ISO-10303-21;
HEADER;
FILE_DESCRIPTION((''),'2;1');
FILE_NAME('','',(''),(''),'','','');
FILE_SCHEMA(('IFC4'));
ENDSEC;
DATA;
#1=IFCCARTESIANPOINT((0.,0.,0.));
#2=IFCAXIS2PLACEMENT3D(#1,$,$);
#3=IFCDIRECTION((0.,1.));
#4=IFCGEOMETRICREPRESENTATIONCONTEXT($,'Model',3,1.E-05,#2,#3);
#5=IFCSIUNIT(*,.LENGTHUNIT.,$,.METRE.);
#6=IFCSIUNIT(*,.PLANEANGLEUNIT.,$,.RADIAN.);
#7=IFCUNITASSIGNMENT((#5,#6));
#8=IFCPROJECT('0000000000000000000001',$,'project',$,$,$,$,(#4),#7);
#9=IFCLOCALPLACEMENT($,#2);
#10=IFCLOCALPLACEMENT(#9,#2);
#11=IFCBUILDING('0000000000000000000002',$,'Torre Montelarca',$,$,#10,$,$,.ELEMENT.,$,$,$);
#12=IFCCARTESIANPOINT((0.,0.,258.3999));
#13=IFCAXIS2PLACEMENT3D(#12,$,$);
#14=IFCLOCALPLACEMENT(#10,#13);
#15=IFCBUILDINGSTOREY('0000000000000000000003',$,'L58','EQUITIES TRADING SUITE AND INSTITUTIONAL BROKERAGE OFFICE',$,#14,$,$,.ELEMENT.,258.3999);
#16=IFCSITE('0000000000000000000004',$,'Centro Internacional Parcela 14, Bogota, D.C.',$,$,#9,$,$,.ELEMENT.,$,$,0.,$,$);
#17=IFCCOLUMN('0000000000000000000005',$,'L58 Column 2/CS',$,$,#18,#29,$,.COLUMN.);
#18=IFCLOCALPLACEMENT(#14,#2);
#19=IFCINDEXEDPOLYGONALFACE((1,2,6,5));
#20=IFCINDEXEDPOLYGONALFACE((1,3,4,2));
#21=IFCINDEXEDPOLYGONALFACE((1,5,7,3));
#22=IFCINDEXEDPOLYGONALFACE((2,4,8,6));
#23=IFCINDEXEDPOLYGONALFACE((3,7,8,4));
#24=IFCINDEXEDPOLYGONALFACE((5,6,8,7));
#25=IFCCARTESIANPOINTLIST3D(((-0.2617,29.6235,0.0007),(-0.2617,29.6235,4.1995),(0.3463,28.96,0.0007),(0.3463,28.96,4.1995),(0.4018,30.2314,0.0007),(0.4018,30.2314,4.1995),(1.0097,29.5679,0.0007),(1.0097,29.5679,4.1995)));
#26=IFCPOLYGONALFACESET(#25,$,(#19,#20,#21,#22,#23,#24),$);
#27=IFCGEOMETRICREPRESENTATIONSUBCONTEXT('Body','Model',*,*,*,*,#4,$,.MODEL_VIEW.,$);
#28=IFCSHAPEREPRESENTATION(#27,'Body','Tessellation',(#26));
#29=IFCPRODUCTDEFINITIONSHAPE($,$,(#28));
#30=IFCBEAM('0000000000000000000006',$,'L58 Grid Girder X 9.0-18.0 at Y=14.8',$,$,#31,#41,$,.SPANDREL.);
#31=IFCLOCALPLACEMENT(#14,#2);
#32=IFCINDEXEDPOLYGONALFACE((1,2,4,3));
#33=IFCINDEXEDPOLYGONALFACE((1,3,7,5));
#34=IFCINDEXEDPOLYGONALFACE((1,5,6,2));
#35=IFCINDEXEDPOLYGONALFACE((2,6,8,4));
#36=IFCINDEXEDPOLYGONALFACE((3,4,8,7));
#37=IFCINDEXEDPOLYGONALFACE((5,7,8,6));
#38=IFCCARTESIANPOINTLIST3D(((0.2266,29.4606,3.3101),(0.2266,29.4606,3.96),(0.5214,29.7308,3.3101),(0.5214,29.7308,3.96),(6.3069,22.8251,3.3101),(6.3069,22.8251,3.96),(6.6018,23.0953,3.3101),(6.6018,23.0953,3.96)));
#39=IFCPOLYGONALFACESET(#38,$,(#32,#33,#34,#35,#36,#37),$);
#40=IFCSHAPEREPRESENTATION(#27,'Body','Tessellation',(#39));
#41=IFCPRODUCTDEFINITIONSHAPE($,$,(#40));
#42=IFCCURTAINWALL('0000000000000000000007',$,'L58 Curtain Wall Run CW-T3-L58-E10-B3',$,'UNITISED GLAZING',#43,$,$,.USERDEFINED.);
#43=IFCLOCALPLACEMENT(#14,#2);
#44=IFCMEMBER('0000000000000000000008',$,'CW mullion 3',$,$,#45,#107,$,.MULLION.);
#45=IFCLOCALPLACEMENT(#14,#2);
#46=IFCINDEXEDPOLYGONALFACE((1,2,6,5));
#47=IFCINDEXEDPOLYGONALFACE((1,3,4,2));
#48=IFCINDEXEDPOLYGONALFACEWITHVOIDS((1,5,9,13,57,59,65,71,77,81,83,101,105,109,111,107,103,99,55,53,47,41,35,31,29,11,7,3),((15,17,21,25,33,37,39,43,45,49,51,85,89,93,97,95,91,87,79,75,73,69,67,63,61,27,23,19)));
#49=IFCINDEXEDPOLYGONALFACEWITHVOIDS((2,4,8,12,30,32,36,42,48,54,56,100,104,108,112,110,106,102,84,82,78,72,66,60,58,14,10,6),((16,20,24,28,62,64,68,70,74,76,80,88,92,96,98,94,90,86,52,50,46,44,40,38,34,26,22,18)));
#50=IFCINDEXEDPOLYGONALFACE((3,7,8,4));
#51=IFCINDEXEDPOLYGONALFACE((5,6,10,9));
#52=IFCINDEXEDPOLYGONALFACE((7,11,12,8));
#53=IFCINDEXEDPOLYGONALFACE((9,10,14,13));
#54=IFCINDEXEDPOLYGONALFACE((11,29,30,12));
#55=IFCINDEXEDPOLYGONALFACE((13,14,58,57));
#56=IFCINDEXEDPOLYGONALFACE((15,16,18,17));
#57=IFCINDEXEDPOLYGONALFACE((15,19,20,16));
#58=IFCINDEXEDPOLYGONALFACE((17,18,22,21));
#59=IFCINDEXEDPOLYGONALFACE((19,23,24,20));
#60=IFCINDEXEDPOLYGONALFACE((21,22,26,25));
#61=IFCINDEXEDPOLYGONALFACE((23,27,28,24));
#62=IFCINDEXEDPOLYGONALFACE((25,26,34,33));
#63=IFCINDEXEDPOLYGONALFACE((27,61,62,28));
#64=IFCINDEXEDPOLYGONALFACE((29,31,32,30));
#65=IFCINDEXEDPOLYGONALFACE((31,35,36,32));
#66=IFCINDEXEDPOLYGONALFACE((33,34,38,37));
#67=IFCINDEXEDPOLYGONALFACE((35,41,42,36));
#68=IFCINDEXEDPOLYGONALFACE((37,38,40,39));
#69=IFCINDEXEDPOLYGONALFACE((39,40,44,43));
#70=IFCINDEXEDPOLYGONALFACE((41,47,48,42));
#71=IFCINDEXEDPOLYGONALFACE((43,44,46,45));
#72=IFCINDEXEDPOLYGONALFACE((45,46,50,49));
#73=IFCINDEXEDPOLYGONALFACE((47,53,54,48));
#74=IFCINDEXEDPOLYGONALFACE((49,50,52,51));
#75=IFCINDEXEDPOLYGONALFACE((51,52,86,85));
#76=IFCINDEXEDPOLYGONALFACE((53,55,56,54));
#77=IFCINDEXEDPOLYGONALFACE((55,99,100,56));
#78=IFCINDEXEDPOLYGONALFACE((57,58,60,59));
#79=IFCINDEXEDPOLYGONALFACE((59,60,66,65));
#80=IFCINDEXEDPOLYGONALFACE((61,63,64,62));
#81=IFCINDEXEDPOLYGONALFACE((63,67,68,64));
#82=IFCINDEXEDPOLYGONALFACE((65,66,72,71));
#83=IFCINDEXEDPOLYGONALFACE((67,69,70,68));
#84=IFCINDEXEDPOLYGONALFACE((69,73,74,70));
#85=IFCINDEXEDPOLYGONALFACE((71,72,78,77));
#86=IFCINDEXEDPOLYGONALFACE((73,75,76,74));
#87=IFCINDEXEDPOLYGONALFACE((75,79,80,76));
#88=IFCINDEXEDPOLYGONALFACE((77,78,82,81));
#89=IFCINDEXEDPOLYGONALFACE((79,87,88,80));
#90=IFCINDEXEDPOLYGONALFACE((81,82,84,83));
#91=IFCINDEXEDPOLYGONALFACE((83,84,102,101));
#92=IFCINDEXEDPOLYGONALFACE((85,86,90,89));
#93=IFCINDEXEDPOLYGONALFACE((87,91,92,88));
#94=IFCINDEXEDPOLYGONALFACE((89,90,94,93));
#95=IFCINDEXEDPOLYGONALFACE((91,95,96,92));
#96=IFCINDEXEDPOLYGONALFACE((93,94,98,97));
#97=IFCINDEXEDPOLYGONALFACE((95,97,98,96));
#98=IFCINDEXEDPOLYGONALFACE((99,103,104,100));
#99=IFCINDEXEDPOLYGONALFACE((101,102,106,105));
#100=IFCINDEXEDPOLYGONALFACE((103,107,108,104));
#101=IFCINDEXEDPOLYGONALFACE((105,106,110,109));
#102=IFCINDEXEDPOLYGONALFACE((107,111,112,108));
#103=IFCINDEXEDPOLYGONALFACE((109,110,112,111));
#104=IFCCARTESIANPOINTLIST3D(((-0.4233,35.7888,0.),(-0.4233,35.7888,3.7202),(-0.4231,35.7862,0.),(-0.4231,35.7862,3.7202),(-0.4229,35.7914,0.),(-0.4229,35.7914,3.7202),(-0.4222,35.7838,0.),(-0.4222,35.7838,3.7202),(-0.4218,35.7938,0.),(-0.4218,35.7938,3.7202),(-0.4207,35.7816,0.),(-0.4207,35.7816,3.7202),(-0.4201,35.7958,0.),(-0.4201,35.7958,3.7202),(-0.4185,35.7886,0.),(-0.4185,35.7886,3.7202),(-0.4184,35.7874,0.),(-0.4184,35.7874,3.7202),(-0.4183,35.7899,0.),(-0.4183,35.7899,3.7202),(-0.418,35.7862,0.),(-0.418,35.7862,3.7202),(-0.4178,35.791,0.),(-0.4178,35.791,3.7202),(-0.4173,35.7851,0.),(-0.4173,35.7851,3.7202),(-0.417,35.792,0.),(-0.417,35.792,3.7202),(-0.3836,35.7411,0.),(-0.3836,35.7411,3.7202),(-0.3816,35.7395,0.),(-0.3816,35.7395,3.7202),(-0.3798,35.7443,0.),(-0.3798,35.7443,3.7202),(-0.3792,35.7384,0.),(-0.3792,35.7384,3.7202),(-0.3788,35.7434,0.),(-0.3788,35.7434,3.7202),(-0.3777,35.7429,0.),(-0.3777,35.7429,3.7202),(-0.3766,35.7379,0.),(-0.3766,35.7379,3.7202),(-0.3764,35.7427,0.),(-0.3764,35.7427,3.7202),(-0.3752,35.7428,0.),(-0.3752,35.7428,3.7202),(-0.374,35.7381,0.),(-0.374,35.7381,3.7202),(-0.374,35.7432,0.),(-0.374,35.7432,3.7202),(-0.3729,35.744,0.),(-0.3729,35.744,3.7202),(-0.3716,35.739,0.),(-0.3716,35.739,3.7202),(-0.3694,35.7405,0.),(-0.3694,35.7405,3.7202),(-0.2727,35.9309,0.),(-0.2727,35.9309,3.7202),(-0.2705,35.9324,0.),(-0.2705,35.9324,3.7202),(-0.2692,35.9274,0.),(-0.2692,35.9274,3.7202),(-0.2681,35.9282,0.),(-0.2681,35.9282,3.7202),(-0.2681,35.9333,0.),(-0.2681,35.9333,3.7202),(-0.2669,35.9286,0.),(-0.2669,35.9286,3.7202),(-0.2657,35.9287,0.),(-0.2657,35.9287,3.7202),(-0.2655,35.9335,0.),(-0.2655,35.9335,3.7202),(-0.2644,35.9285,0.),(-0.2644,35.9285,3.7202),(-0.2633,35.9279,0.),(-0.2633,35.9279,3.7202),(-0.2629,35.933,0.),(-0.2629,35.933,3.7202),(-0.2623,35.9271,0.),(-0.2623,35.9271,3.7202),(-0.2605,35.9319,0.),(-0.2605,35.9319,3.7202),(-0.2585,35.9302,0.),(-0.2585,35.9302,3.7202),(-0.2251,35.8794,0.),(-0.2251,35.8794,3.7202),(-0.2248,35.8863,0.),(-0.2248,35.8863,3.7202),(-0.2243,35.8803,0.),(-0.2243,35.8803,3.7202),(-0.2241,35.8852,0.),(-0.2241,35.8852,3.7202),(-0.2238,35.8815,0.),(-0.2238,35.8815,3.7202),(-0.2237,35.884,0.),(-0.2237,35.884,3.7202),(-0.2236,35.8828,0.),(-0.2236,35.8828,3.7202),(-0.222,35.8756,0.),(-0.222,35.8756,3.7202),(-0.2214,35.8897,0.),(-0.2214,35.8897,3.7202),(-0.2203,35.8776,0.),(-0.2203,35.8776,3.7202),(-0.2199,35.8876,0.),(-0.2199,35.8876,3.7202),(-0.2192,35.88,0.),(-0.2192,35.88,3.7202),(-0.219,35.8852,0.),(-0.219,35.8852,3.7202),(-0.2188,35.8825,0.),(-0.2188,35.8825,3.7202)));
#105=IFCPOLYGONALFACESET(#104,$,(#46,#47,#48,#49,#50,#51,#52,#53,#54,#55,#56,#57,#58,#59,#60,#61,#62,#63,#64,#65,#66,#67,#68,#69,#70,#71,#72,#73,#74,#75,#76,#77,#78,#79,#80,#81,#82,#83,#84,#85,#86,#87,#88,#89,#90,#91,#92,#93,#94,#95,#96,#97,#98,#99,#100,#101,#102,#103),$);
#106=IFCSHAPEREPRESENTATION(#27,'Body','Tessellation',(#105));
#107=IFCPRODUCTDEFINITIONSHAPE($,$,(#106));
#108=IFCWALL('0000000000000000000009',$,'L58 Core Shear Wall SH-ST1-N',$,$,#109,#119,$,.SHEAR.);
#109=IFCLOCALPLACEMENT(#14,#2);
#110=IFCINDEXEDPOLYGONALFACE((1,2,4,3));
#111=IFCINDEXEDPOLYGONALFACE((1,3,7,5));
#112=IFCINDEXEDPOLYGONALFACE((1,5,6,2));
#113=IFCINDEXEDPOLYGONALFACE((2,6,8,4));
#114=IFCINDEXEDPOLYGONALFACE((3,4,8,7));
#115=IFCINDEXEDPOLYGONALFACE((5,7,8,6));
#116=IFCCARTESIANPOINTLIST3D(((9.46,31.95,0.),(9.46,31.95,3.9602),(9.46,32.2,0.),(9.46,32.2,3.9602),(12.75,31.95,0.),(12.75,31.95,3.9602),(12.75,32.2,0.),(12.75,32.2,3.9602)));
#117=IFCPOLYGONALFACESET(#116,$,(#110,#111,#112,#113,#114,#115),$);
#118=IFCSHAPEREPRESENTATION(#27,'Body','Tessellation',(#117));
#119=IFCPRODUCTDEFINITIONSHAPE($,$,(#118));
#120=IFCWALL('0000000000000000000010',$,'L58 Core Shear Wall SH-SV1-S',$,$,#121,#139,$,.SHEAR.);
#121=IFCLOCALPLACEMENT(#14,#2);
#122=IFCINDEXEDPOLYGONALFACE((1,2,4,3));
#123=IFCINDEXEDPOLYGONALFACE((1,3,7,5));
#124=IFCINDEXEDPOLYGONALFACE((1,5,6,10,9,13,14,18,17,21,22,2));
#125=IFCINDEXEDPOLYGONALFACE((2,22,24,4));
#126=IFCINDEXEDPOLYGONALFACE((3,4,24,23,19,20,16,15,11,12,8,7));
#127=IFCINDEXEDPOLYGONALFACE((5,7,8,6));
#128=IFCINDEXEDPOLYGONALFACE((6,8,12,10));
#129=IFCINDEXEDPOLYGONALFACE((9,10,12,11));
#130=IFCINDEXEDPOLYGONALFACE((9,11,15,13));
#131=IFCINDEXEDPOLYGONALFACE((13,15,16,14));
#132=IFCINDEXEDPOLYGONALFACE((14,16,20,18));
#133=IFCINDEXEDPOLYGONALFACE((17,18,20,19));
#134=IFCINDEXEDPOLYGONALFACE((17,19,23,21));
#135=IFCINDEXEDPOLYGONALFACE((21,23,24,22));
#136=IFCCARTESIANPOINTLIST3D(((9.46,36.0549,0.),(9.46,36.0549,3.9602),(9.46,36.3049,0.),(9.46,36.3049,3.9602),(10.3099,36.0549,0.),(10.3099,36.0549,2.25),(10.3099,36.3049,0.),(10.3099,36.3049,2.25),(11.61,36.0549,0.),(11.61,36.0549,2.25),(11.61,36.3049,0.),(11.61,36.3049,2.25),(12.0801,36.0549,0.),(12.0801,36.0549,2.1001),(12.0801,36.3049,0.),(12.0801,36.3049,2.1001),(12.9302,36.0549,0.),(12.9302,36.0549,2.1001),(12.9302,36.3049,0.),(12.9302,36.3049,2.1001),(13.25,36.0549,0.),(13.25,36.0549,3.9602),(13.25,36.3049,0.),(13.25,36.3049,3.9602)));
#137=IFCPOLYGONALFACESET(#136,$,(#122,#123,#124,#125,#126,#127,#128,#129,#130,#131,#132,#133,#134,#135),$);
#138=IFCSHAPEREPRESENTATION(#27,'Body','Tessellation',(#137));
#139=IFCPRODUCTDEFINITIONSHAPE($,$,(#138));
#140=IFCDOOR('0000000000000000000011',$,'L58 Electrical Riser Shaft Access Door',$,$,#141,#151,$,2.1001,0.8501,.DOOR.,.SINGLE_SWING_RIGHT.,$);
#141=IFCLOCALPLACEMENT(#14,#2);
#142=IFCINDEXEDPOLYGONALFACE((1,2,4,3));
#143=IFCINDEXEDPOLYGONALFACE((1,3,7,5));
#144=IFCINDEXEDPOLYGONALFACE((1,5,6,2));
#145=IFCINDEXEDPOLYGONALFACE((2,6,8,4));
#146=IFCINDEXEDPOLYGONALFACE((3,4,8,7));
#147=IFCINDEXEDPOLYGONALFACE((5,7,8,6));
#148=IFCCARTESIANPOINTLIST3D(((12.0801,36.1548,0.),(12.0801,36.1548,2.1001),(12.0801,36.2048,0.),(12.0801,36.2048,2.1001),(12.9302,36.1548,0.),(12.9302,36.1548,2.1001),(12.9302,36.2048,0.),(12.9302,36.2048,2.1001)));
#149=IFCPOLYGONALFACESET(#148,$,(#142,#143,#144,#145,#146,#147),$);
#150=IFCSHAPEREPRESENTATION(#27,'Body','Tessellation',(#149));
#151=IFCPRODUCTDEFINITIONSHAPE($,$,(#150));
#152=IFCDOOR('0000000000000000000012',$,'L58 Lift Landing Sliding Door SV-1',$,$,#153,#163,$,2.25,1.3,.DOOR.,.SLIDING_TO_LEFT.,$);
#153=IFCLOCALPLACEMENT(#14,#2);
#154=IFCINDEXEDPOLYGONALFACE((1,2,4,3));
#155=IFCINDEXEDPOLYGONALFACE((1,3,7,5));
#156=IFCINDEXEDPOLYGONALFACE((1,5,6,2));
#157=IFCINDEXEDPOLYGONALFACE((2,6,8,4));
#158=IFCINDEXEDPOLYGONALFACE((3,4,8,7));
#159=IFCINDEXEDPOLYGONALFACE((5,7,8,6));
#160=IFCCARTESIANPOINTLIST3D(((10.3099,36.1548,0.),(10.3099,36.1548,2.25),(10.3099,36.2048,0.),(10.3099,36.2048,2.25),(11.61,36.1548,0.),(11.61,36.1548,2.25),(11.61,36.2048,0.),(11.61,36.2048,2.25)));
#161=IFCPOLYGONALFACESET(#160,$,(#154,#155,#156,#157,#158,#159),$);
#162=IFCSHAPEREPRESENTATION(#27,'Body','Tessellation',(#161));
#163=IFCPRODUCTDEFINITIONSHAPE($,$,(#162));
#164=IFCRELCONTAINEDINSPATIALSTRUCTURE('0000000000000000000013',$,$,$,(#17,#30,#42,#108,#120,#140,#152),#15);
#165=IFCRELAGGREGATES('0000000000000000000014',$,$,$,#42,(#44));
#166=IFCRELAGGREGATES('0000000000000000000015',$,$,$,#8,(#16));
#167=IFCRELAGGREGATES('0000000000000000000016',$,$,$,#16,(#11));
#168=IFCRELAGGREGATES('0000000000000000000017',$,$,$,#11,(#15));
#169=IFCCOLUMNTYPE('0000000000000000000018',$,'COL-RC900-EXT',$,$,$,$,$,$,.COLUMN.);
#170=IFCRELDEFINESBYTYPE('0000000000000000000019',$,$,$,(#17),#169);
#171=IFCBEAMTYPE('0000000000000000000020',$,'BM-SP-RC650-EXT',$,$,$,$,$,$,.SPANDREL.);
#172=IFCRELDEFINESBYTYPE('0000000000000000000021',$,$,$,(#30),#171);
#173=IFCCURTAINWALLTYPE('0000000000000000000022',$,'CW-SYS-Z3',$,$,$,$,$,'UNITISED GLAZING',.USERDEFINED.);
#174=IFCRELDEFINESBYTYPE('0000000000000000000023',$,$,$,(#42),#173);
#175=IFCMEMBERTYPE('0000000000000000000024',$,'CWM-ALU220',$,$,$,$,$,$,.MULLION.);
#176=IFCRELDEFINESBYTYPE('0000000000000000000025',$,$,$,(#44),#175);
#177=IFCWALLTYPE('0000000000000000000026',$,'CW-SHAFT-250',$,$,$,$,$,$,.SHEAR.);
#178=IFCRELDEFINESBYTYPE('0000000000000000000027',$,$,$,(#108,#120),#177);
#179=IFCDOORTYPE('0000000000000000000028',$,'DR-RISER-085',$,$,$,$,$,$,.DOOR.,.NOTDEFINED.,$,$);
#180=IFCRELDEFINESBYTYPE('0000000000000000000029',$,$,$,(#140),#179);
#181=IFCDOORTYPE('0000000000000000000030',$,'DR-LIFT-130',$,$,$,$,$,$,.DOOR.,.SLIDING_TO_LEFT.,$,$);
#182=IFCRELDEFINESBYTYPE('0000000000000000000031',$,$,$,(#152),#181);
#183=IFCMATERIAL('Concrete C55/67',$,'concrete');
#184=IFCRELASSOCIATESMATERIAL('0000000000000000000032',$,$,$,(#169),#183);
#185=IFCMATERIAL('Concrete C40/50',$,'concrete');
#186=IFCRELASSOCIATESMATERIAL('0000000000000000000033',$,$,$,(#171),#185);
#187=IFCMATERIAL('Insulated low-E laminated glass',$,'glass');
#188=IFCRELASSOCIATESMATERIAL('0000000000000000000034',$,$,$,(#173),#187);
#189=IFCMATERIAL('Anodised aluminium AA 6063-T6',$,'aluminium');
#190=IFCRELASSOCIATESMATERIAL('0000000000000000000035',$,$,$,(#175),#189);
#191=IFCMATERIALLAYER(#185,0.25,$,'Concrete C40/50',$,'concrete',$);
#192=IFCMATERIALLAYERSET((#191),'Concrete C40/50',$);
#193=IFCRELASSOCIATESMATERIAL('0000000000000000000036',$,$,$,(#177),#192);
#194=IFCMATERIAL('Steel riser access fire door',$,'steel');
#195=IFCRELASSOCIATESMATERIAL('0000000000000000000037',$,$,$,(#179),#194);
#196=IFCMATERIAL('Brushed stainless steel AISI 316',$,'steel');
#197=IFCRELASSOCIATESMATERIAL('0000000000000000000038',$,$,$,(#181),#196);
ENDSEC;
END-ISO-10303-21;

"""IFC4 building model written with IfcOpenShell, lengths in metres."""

from ifc_helpers import new_model, si_unit, direction, frame, frame_2d, origin, origin_2d, place, context, subcontext, project, spatial, rectangle, hollow_rectangle, extrude, source, transform, mapped, material, layer, layer_set, material_profile, profile_set, type_object, element, fill, aggregate, save


model = new_model("IFC4")

# Units and contexts
model_context = context("Model", 3, precision=1e-05, world=origin(), true_north=direction((0.0, 1.0)))
body_context = subcontext(model_context, "Body", "Model", "MODEL_VIEW")
ifc_project = project(units=[si_unit("LENGTHUNIT", "METRE"), si_unit("PLANEANGLEUNIT", "RADIAN")], contexts=[model_context])

# Site, building, storey
site_placement = place(None, origin())
site = spatial("IfcSite", under=ifc_project, at=site_placement, Name="Centro Internacional Parcela 14, Bogota, D.C.", CompositionType="ELEMENT", RefElevation=0.0)
building_placement = place(site_placement, origin())
building = spatial("IfcBuilding", under=site, at=building_placement, Name="Torre Montelarca", CompositionType="ELEMENT")
storey_placement = place(building_placement, frame((0.0, 0.0, 258.3999)))
storey = spatial("IfcBuildingStorey", under=building, at=storey_placement, Name="L58", Description="EQUITIES TRADING SUITE AND INSTITUTIONAL BROKERAGE OFFICE", CompositionType="ELEMENT", Elevation=258.3999)

# Column
ifc_material_1 = material(Name="Concrete C55/67", Category="concrete")
ifc_material_profile_1 = material_profile(ifc_material_1, rectangle(XDim=0.8999, YDim=0.8999, at=origin_2d()), Name="RC900X900", Category="concrete")
ifc_profile_set_1 = profile_set([ifc_material_profile_1], Name="Concrete C55/67")
column_type = type_object("IfcColumnType", Name="COL-RC900-EXT", PredefinedType="COLUMN", material=ifc_profile_set_1)
shared_shape_1 = source(origin(), body_context, "Body", "SweptSolid", [
    extrude(rectangle(XDim=0.8999, YDim=0.8999, at=origin_2d()), origin(), (0.0, 0.0, 1.0), 4.1987),
])
column_placement = place(storey_placement, frame((0.374, 29.5957, 0.0007), z_axis=(0.0, 0.0, 1.0), x_axis=(-0.67559, 0.737277, 0.0)))
element("IfcColumn", 1, at=column_placement, inside=storey, type_object=column_type, Name="L58 Column 2/CS", PredefinedType="COLUMN", context=body_context, shape_type="MappedRepresentation", body=[
    mapped(shared_shape_1, transform((0.0, 0.0, 0.0), scale=1.0)),
])

# Beam
ifc_material_2 = material(Name="Concrete C40/50", Category="concrete")
ifc_material_profile_2 = material_profile(ifc_material_2, rectangle(XDim=0.3999, YDim=0.6499, at=origin_2d()), Name="RCB400X650", Category="concrete")
ifc_profile_set_2 = profile_set([ifc_material_profile_2], Name="Concrete C40/50")
beam_type = type_object("IfcBeamType", Name="BM-SP-RC650-EXT", PredefinedType="SPANDREL", material=ifc_profile_set_2)
shared_shape_2 = source(origin(), body_context, "Body", "SweptSolid", [
    extrude(rectangle(XDim=0.3999, YDim=0.6499, at=origin_2d()), origin(), (0.0, 0.0, 1.0), 9.0),
])
beam_placement = place(storey_placement, frame((0.374, 29.5957, 3.635), z_axis=(0.675591, -0.737277, 0.0), x_axis=(0.737277, 0.675591, 0.0)))
element("IfcBeam", 2, at=beam_placement, inside=storey, type_object=beam_type, Name="L58 Grid Girder X 9.0-18.0 at Y=14.8", PredefinedType="SPANDREL", context=body_context, shape_type="MappedRepresentation", body=[
    mapped(shared_shape_2, transform((0.0, 0.0, 0.0), scale=1.0)),
])

# Curtain wall, member
ifc_material_3 = material(Name="Insulated low-E laminated glass", Category="glass")
curtain_wall_type = type_object("IfcCurtainWallType", Name="CW-SYS-Z3", ElementType="UNITISED GLAZING", PredefinedType="USERDEFINED", material=ifc_material_3)
curtain_wall_placement = place(storey_placement, origin())
curtain_wall = element("IfcCurtainWall", 3, at=curtain_wall_placement, inside=storey, type_object=curtain_wall_type, Name="L58 Curtain Wall Run CW-T3-L58-E10-B3", ObjectType="UNITISED GLAZING", PredefinedType="USERDEFINED")
ifc_material_4 = material(Name="Anodised aluminium AA 6063-T6", Category="aluminium")
ifc_material_profile_3 = material_profile(ifc_material_4, hollow_rectangle(XDim=0.075, YDim=0.22, WallThickness=0.0049, InnerFilletRadius=0.0049, OuterFilletRadius=0.01, at=origin_2d()), Name="ALU75X220X5", Category="aluminium")
ifc_profile_set_3 = profile_set([ifc_material_profile_3], Name="Anodised aluminium AA 6063-T6")
member_type = type_object("IfcMemberType", Name="CWM-ALU220", PredefinedType="MULLION", material=ifc_profile_set_3)
shared_shape_3 = source(origin(), body_context, "Body", "SweptSolid", [
    extrude(hollow_rectangle(XDim=0.075, YDim=0.22, WallThickness=0.0049, InnerFilletRadius=0.0049, OuterFilletRadius=0.01, at=origin_2d()), origin(), (0.0, 0.0, 1.0), 3.7202),
])
member_placement = place(storey_placement, frame((-0.321, 35.8357, 0.0), z_axis=(0.0, 0.0, 1.0), x_axis=(0.675583, -0.737284, 0.0)))
member = element("IfcMember", 4, at=member_placement, type_object=member_type, Name="CW mullion 3", PredefinedType="MULLION", context=body_context, shape_type="MappedRepresentation", body=[
    mapped(shared_shape_3, transform((0.0, 0.0, 0.0), scale=1.0)),
])
aggregate(curtain_wall, [member])

# Wall
ifc_layer_1 = layer(ifc_material_2, 0.25, Name="Concrete C40/50", Category="concrete")
ifc_layer_set_1 = layer_set([ifc_layer_1], Name="Concrete C40/50")
wall_type_1 = type_object("IfcWallType", Name="CW-SHAFT-250", PredefinedType="SHEAR", material=ifc_layer_set_1)
wall_1_placement = place(storey_placement, frame((9.46, 32.075, 0.0), z_axis=(0.0, 0.0, 1.0), x_axis=(1.0, 0.0, 0.0)))
element("IfcWall", 5, at=wall_1_placement, inside=storey, type_object=wall_type_1, Name="L58 Core Shear Wall SH-ST1-N", PredefinedType="SHEAR", context=body_context, shape_type="SweptSolid", body=[
    extrude(rectangle(XDim=3.29, YDim=0.25, at=frame_2d((1.645, 0.0))), origin(), (0.0, 0.0, 1.0), 3.9602),
])

# Wall, openings, doors
wall_2_placement = place(storey_placement, frame((9.46, 36.1799, 0.0), z_axis=(0.0, 0.0, 1.0), x_axis=(1.0, 0.0, 0.0)))
wall_2 = element("IfcWall", 6, at=wall_2_placement, inside=storey, type_object=wall_type_1, Name="L58 Core Shear Wall SH-SV1-S", PredefinedType="SHEAR", context=body_context, shape_type="SweptSolid", body=[
    extrude(rectangle(XDim=3.79, YDim=0.25, at=frame_2d((1.895, 0.0))), origin(), (0.0, 0.0, 1.0), 3.9602),
])
opening_1_placement = place(wall_2_placement, frame((2.6201, 0.0, 0.0)))
opening_1 = element("IfcOpeningElement", 7, at=opening_1_placement, cuts=wall_2, PredefinedType="OPENING", context=body_context, shape_type="SweptSolid", body=[
    extrude(rectangle(XDim=0.8501, YDim=2.1001, at=frame_2d((0.425, 1.05))), frame((0.0, 0.135, 0.0), z_axis=(0.0, -1.0, 0.0), x_axis=(1.0, 0.0, 0.0)), (0.0, 0.0, 1.0), 0.27),
])
opening_2_placement = place(wall_2_placement, frame((0.8501, 0.0, 0.0)))
opening_2 = element("IfcOpeningElement", 8, at=opening_2_placement, cuts=wall_2, PredefinedType="OPENING", context=body_context, shape_type="SweptSolid", body=[
    extrude(rectangle(XDim=1.3, YDim=2.25, at=frame_2d((0.6499, 1.125))), frame((0.0, 0.135, 0.0), z_axis=(0.0, -1.0, 0.0), x_axis=(1.0, 0.0, 0.0)), (0.0, 0.0, 1.0), 0.27),
])
ifc_material_5 = material(Name="Steel riser access fire door", Category="steel")
door_type_1 = type_object("IfcDoorType", Name="DR-RISER-085", OperationType="NOTDEFINED", PredefinedType="DOOR", material=ifc_material_5)
shared_shape_4 = source(origin(), body_context, "Body", "SweptSolid", [
    extrude(rectangle(XDim=0.8501, YDim=2.1001, at=frame_2d((0.425, 1.05))), frame((0.0, 0.0249, 0.0), z_axis=(0.0, -1.0, 0.0), x_axis=(1.0, 0.0, 0.0)), (0.0, 0.0, 1.0), 0.05),
])
door_1_placement = place(opening_1_placement, origin())
door_1 = element("IfcDoor", 9, at=door_1_placement, inside=storey, type_object=door_type_1, Name="L58 Electrical Riser Shaft Access Door", OperationType="SINGLE_SWING_RIGHT", OverallHeight=2.1001, OverallWidth=0.8501, PredefinedType="DOOR", context=body_context, shape_type="MappedRepresentation", body=[
    mapped(shared_shape_4, transform((0.0, 0.0, 0.0), scale=1.0)),
])
fill(opening_1, door_1)
ifc_material_6 = material(Name="Brushed stainless steel AISI 316", Category="steel")
door_type_2 = type_object("IfcDoorType", Name="DR-LIFT-130", OperationType="SLIDING_TO_LEFT", PredefinedType="DOOR", material=ifc_material_6)
shared_shape_5 = source(origin(), body_context, "Body", "SweptSolid", [
    extrude(rectangle(XDim=1.3, YDim=2.25, at=frame_2d((0.6499, 1.125))), frame((0.0, 0.0249, 0.0), z_axis=(0.0, -1.0, 0.0), x_axis=(1.0, 0.0, 0.0)), (0.0, 0.0, 1.0), 0.05),
])
door_2_placement = place(opening_2_placement, origin())
door_2 = element("IfcDoor", 10, at=door_2_placement, inside=storey, type_object=door_type_2, Name="L58 Lift Landing Sliding Door SV-1", OperationType="SLIDING_TO_LEFT", OverallHeight=2.25, OverallWidth=1.3, PredefinedType="DOOR", context=body_context, shape_type="MappedRepresentation", body=[
    mapped(shared_shape_5, transform((0.0, 0.0, 0.0), scale=1.0)),
])
fill(opening_2, door_2)

save(model, "model.ifc")
